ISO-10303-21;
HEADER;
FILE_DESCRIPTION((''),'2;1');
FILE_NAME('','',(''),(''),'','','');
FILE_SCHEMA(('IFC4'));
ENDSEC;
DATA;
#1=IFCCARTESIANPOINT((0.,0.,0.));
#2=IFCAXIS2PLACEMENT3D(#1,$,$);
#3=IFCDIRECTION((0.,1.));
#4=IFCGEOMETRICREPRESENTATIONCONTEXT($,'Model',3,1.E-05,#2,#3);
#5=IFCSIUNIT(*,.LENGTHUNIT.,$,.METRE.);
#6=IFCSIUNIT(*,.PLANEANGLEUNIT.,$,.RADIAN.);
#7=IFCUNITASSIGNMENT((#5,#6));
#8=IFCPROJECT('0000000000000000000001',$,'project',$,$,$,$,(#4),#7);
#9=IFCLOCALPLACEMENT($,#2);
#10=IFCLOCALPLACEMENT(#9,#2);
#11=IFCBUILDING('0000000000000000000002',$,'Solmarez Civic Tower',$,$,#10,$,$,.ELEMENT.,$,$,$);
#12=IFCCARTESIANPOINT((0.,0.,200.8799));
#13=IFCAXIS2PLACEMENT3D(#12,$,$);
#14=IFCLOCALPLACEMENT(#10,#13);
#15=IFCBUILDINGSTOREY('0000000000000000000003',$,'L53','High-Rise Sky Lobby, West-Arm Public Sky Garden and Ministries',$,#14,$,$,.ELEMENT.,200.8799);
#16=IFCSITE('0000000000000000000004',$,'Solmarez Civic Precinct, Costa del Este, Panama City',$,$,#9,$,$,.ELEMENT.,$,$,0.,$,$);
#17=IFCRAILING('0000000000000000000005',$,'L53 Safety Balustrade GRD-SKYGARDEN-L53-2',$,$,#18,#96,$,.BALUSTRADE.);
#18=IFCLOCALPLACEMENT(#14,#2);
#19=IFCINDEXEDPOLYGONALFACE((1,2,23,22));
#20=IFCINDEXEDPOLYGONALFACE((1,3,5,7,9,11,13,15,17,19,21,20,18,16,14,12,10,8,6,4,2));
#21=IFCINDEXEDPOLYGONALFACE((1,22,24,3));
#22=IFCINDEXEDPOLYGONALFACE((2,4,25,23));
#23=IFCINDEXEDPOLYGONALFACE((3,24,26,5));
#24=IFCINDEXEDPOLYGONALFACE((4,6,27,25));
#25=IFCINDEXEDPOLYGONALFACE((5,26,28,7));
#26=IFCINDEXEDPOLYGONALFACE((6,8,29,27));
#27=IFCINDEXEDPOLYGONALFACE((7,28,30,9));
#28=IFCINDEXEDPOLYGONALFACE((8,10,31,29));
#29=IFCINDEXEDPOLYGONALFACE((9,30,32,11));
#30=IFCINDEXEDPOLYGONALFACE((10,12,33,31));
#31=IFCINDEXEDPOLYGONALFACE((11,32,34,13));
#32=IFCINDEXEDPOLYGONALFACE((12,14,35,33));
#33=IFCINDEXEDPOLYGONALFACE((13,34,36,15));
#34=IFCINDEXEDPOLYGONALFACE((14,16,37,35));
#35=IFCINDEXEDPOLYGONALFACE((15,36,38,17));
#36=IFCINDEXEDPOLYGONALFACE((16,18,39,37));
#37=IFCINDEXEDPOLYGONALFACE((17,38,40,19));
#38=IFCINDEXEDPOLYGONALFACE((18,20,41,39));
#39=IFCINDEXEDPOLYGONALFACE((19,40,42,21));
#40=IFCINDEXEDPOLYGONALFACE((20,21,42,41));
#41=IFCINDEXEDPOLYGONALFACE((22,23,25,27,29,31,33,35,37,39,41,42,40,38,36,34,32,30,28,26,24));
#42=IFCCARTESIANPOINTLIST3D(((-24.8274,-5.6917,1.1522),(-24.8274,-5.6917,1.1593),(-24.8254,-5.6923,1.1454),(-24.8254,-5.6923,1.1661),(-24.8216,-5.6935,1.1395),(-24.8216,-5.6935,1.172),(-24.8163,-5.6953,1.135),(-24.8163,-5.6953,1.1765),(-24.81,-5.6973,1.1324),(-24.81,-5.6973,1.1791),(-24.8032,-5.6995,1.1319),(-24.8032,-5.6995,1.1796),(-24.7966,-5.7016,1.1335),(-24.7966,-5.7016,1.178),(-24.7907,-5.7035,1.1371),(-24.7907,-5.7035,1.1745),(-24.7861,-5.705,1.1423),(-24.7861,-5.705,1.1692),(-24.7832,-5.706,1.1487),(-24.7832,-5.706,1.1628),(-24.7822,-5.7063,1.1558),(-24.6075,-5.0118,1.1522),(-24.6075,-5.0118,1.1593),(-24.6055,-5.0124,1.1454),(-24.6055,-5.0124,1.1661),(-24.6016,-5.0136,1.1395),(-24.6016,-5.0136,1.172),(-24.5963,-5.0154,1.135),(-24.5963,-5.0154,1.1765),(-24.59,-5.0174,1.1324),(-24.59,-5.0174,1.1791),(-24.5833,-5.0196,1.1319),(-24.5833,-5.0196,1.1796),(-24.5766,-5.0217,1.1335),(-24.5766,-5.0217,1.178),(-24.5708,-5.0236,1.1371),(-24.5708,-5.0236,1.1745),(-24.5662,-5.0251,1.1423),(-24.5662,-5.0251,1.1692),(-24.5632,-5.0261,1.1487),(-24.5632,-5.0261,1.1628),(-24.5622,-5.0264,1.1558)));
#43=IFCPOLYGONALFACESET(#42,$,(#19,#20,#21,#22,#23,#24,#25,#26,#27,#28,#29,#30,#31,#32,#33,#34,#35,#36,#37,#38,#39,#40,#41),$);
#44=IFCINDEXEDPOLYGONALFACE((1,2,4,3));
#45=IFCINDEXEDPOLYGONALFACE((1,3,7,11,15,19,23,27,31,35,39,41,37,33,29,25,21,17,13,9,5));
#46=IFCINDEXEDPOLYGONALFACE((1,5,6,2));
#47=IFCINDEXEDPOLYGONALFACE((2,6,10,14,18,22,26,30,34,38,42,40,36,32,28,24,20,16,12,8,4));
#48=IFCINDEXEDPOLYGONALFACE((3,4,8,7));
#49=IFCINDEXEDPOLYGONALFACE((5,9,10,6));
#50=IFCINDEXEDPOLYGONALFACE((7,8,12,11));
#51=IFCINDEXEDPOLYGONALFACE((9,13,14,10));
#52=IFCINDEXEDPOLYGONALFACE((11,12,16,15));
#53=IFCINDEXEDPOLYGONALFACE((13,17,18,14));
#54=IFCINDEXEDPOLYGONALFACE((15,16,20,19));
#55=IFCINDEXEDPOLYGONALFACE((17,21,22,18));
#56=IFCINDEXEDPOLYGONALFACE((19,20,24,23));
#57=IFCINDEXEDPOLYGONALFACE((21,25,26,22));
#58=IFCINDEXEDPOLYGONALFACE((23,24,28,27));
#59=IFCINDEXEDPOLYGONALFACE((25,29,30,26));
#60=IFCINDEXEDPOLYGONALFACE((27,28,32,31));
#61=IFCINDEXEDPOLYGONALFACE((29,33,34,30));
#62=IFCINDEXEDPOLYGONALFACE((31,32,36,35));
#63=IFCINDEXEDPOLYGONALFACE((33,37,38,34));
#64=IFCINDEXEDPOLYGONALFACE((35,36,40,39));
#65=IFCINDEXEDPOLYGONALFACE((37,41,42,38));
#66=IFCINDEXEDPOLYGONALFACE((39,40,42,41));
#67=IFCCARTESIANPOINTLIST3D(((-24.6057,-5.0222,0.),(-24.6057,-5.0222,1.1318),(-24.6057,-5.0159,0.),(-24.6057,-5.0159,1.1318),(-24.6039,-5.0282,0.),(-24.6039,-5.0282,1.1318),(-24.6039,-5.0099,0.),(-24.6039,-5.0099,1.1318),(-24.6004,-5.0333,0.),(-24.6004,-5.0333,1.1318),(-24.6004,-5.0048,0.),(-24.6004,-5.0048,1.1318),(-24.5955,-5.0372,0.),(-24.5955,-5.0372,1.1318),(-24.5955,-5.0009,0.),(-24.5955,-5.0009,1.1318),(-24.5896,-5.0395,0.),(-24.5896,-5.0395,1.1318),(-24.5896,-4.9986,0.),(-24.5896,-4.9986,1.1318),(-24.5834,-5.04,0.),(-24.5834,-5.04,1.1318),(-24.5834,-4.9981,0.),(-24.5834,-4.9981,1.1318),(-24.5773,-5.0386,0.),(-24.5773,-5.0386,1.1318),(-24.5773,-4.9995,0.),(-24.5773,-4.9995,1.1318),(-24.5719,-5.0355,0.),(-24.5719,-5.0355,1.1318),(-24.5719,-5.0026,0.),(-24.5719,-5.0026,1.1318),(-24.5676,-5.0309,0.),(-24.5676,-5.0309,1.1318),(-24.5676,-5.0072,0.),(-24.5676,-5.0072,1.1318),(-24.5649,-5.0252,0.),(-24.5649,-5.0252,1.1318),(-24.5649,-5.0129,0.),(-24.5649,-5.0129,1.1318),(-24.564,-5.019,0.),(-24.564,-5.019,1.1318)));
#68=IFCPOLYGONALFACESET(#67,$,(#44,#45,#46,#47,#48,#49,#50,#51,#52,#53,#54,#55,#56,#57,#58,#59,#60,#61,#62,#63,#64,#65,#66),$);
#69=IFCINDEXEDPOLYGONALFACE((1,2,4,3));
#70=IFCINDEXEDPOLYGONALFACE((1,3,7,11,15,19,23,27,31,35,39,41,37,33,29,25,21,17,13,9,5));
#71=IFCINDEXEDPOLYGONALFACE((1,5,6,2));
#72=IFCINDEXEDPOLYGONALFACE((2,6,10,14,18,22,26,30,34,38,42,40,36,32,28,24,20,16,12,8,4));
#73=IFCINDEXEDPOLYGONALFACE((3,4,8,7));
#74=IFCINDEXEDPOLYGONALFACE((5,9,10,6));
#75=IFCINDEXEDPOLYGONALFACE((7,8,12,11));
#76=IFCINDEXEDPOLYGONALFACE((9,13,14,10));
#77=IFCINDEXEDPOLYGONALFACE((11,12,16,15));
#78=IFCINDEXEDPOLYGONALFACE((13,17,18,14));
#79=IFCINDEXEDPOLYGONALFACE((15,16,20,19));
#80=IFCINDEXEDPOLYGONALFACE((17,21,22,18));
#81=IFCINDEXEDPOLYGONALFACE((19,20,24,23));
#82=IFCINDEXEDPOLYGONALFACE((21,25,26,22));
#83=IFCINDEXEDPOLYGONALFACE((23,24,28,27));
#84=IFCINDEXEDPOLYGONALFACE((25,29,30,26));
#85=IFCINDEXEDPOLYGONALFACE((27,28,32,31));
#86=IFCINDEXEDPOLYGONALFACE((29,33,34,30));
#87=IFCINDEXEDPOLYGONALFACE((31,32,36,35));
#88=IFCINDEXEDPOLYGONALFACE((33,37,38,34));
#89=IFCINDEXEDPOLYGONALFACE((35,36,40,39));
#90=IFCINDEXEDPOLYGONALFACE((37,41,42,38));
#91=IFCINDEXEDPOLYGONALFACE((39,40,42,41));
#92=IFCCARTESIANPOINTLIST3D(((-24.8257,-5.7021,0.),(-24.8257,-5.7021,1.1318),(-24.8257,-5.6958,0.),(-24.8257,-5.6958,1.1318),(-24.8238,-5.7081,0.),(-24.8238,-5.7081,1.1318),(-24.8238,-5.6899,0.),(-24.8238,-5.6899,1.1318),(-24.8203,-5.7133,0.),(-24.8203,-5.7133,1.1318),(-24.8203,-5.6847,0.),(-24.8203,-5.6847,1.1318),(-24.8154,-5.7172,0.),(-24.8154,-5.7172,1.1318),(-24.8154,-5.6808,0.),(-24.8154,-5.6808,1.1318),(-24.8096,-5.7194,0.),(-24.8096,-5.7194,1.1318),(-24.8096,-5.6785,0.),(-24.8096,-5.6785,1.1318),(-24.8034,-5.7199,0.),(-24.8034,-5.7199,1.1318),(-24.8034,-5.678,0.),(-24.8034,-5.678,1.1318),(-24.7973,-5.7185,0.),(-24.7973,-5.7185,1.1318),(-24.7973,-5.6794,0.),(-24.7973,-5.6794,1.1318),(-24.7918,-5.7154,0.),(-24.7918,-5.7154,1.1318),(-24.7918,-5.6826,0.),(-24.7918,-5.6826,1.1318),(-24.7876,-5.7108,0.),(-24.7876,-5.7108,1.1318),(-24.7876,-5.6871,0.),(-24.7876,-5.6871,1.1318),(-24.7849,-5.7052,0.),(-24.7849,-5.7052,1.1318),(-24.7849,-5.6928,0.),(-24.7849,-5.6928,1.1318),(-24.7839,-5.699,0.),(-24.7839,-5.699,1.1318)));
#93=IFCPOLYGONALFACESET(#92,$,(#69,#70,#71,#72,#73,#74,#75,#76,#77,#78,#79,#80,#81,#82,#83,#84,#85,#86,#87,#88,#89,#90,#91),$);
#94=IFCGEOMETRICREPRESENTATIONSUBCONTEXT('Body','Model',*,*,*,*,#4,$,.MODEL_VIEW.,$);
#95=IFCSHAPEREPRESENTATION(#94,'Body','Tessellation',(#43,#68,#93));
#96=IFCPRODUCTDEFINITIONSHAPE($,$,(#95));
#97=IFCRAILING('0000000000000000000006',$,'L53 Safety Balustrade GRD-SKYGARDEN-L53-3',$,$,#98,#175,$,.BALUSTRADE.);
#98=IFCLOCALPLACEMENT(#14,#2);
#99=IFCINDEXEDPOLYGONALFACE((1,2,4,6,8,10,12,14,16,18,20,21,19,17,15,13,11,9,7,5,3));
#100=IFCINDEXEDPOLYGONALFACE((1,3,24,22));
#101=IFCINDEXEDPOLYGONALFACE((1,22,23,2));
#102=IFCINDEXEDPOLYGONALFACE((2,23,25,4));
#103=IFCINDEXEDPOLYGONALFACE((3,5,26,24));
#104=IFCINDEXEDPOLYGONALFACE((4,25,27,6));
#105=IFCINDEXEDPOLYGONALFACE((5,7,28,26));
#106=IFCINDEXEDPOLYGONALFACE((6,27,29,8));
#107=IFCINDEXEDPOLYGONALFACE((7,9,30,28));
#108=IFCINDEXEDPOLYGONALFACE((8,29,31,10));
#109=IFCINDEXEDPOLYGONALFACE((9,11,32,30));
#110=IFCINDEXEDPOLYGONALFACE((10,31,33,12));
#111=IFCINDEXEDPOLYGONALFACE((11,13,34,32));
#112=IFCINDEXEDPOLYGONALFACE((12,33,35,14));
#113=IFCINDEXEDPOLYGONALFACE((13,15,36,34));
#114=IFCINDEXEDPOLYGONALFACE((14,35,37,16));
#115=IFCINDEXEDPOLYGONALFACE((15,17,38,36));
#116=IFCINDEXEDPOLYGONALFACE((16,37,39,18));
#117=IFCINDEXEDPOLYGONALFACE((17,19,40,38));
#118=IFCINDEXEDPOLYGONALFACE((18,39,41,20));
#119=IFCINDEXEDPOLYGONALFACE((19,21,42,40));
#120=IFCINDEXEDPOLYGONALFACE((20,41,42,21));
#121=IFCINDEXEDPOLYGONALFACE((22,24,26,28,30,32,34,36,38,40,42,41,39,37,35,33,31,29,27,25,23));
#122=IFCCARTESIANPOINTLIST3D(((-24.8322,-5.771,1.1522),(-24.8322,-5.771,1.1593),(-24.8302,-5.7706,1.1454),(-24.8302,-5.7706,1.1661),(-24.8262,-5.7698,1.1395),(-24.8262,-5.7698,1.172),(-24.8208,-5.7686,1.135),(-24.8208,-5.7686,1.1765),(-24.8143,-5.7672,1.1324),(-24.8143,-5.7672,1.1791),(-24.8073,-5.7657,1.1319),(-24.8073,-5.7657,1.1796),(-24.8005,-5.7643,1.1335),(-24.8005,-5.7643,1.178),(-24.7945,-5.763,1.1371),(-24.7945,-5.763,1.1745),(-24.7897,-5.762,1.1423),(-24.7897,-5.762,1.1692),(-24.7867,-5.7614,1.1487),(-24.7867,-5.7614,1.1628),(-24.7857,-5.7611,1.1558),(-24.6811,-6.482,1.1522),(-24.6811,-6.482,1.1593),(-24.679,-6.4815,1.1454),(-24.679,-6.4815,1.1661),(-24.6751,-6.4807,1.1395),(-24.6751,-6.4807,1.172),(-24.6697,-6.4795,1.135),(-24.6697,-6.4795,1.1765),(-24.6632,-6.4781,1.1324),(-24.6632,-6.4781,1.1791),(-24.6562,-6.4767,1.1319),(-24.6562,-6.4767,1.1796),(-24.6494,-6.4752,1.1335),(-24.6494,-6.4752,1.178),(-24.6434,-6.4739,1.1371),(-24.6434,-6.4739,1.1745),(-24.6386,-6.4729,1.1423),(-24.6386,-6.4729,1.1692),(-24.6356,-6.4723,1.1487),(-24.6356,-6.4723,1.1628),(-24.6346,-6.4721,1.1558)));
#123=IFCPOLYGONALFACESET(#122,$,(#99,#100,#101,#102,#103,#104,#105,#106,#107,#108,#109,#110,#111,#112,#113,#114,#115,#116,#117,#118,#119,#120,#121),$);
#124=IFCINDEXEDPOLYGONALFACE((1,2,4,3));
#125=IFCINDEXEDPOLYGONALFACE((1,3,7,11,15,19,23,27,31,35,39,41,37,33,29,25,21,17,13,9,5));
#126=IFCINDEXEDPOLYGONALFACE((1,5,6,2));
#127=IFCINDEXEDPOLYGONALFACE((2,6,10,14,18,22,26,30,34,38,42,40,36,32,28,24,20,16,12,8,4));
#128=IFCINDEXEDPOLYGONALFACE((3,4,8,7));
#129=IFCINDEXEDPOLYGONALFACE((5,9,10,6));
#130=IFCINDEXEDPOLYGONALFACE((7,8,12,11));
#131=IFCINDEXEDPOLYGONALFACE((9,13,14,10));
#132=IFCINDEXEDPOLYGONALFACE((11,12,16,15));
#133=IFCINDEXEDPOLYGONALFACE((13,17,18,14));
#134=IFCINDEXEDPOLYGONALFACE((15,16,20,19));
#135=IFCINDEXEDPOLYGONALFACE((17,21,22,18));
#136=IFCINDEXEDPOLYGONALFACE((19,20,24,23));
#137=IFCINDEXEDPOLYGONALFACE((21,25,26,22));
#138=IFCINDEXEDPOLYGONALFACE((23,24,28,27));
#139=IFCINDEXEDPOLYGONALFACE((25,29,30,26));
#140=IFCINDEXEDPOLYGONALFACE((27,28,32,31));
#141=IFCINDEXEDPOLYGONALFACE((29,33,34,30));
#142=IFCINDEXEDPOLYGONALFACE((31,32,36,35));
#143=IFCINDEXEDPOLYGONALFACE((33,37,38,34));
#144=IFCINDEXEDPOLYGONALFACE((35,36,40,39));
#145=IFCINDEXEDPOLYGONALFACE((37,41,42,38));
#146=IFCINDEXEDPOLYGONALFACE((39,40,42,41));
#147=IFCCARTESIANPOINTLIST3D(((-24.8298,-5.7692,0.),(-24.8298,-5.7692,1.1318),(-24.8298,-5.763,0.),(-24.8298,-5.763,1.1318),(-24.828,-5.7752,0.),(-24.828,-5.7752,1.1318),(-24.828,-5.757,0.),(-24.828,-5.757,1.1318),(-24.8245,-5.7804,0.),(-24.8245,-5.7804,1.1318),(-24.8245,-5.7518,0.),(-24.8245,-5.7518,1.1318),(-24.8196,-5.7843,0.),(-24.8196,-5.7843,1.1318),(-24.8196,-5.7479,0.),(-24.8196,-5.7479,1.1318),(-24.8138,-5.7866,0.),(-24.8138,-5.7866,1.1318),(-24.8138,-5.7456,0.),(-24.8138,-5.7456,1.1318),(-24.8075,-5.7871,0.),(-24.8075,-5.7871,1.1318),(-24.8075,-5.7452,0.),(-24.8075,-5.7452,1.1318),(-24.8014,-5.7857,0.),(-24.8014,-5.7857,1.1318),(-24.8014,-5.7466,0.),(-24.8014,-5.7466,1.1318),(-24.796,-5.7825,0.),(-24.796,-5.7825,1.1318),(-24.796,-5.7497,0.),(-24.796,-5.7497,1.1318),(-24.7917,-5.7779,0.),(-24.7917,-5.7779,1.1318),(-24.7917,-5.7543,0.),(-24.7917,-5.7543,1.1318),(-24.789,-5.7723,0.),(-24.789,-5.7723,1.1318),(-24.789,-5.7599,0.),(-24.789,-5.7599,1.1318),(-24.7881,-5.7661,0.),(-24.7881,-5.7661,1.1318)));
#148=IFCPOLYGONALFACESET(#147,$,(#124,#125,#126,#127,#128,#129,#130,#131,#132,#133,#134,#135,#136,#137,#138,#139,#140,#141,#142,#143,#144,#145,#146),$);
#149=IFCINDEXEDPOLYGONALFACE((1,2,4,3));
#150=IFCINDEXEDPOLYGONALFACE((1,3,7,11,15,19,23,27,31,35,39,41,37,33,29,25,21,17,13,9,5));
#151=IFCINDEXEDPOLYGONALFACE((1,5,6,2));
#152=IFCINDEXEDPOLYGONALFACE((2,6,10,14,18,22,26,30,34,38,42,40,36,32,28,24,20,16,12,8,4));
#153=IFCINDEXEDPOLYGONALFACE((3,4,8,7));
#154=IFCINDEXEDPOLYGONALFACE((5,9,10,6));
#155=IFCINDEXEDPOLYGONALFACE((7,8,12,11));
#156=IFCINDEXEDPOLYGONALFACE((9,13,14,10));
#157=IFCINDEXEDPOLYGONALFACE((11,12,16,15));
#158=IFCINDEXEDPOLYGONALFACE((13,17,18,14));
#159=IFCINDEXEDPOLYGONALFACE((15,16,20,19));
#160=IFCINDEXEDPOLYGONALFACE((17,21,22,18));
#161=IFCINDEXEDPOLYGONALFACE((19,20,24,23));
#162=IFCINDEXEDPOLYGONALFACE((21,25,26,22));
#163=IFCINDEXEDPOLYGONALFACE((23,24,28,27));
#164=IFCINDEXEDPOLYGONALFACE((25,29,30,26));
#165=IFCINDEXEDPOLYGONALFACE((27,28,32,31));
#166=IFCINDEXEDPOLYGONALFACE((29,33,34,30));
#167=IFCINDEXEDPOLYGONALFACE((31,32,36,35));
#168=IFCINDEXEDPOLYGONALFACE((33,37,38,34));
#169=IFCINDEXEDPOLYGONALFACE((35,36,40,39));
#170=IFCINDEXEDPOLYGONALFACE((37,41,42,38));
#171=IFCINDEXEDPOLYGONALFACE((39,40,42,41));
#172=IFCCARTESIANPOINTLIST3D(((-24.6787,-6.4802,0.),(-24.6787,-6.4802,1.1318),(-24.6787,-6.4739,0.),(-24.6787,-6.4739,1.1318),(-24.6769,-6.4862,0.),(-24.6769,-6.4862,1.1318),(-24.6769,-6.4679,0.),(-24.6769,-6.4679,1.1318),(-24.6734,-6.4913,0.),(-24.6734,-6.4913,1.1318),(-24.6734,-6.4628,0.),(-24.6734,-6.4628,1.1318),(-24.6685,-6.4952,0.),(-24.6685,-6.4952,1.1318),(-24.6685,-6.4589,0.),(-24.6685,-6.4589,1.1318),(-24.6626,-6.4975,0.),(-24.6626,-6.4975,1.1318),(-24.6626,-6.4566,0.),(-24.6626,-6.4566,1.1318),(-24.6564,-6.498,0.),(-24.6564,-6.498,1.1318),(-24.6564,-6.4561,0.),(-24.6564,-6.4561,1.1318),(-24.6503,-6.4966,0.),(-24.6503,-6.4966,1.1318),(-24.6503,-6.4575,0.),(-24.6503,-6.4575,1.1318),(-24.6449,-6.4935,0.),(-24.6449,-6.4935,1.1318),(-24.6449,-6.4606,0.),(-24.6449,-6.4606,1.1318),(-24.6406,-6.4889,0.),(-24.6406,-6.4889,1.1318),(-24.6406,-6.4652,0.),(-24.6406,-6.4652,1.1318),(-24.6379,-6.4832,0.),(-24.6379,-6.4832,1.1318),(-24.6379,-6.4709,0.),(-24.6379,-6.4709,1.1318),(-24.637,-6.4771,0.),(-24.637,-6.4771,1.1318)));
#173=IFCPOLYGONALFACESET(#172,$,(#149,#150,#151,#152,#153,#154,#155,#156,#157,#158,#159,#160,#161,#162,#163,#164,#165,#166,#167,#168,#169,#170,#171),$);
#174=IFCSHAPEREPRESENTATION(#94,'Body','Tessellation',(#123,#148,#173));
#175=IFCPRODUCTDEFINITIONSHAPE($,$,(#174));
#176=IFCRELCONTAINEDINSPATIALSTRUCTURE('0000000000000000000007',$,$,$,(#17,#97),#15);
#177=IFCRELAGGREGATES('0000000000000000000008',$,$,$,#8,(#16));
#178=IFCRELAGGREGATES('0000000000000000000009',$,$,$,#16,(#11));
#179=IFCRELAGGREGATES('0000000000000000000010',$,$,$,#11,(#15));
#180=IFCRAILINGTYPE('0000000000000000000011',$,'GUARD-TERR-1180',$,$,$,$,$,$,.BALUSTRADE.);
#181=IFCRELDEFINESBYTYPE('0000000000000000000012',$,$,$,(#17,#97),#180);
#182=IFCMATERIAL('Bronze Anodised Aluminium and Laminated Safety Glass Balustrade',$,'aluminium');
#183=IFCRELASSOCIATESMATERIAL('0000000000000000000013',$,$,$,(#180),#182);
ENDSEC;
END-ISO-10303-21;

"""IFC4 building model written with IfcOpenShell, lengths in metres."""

from ifc_helpers import new_model, si_unit, direction, frame, origin, origin_2d, place, context, subcontext, project, spatial, circle, extrude, material, type_object, element, save


model = new_model("IFC4")

# Units and contexts
model_context = context("Model", 3, precision=1e-05, world=origin(), true_north=direction((0.0, 1.0)))
body_context = subcontext(model_context, "Body", "Model", "MODEL_VIEW")
ifc_project = project(units=[si_unit("LENGTHUNIT", "METRE"), si_unit("PLANEANGLEUNIT", "RADIAN")], contexts=[model_context])

# Site, building, storey
site_placement = place(None, origin())
site = spatial("IfcSite", under=ifc_project, at=site_placement, Name="Solmarez Civic Precinct, Costa del Este, Panama City", CompositionType="ELEMENT", RefElevation=0.0)
building_placement = place(site_placement, origin())
building = spatial("IfcBuilding", under=site, at=building_placement, Name="Solmarez Civic Tower", CompositionType="ELEMENT")
storey_placement = place(building_placement, frame((0.0, 0.0, 200.8799)))
storey = spatial("IfcBuildingStorey", under=building, at=storey_placement, Name="L53", Description="High-Rise Sky Lobby, West-Arm Public Sky Garden and Ministries", CompositionType="ELEMENT", Elevation=200.8799)

# Railings
ifc_material_1 = material(Name="Bronze Anodised Aluminium and Laminated Safety Glass Balustrade", Category="aluminium")
railing_type = type_object("IfcRailingType", Name="GUARD-TERR-1180", PredefinedType="BALUSTRADE", material=ifc_material_1)
railing_1_placement = place(storey_placement, frame((-24.585, -5.019, 0.0)))
element("IfcRailing", 1, at=railing_1_placement, inside=storey, type_object=railing_type, Name="L53 Safety Balustrade GRD-SKYGARDEN-L53-2", PredefinedType="BALUSTRADE", context=body_context, shape_type="SweptSolid", body=[
    extrude(circle(Radius=0.0239, at=origin_2d()), frame((0.0, 0.0, 1.1558), z_axis=(-0.307811, -0.951447, 0.0), x_axis=(0.951447, -0.307811, 0.0)), (0.0, 0.0, 1.0), 0.7146),
    extrude(circle(Radius=0.021, at=origin_2d()), origin(), (0.0, 0.0, 1.0), 1.1318),
    extrude(circle(Radius=0.021, at=origin_2d()), frame((-0.22, -0.6799, 0.0)), (0.0, 0.0, 1.0), 1.1318),
])
railing_2_placement = place(storey_placement, frame((-24.8091, -5.7661, 0.0)))
element("IfcRailing", 2, at=railing_2_placement, inside=storey, type_object=railing_type, Name="L53 Safety Balustrade GRD-SKYGARDEN-L53-3", PredefinedType="BALUSTRADE", context=body_context, shape_type="SweptSolid", body=[
    extrude(circle(Radius=0.0239, at=origin_2d()), frame((0.0, 0.0, 1.1558), z_axis=(0.207923, -0.978145, 0.0), x_axis=(0.978145, 0.207923, 0.0)), (0.0, 0.0, 1.0), 0.7268),
    extrude(circle(Radius=0.021, at=origin_2d()), origin(), (0.0, 0.0, 1.0), 1.1318),
    extrude(circle(Radius=0.021, at=origin_2d()), frame((0.1511, -0.7109, 0.0)), (0.0, 0.0, 1.0), 1.1318),
])

save(model, "model.ifc")
